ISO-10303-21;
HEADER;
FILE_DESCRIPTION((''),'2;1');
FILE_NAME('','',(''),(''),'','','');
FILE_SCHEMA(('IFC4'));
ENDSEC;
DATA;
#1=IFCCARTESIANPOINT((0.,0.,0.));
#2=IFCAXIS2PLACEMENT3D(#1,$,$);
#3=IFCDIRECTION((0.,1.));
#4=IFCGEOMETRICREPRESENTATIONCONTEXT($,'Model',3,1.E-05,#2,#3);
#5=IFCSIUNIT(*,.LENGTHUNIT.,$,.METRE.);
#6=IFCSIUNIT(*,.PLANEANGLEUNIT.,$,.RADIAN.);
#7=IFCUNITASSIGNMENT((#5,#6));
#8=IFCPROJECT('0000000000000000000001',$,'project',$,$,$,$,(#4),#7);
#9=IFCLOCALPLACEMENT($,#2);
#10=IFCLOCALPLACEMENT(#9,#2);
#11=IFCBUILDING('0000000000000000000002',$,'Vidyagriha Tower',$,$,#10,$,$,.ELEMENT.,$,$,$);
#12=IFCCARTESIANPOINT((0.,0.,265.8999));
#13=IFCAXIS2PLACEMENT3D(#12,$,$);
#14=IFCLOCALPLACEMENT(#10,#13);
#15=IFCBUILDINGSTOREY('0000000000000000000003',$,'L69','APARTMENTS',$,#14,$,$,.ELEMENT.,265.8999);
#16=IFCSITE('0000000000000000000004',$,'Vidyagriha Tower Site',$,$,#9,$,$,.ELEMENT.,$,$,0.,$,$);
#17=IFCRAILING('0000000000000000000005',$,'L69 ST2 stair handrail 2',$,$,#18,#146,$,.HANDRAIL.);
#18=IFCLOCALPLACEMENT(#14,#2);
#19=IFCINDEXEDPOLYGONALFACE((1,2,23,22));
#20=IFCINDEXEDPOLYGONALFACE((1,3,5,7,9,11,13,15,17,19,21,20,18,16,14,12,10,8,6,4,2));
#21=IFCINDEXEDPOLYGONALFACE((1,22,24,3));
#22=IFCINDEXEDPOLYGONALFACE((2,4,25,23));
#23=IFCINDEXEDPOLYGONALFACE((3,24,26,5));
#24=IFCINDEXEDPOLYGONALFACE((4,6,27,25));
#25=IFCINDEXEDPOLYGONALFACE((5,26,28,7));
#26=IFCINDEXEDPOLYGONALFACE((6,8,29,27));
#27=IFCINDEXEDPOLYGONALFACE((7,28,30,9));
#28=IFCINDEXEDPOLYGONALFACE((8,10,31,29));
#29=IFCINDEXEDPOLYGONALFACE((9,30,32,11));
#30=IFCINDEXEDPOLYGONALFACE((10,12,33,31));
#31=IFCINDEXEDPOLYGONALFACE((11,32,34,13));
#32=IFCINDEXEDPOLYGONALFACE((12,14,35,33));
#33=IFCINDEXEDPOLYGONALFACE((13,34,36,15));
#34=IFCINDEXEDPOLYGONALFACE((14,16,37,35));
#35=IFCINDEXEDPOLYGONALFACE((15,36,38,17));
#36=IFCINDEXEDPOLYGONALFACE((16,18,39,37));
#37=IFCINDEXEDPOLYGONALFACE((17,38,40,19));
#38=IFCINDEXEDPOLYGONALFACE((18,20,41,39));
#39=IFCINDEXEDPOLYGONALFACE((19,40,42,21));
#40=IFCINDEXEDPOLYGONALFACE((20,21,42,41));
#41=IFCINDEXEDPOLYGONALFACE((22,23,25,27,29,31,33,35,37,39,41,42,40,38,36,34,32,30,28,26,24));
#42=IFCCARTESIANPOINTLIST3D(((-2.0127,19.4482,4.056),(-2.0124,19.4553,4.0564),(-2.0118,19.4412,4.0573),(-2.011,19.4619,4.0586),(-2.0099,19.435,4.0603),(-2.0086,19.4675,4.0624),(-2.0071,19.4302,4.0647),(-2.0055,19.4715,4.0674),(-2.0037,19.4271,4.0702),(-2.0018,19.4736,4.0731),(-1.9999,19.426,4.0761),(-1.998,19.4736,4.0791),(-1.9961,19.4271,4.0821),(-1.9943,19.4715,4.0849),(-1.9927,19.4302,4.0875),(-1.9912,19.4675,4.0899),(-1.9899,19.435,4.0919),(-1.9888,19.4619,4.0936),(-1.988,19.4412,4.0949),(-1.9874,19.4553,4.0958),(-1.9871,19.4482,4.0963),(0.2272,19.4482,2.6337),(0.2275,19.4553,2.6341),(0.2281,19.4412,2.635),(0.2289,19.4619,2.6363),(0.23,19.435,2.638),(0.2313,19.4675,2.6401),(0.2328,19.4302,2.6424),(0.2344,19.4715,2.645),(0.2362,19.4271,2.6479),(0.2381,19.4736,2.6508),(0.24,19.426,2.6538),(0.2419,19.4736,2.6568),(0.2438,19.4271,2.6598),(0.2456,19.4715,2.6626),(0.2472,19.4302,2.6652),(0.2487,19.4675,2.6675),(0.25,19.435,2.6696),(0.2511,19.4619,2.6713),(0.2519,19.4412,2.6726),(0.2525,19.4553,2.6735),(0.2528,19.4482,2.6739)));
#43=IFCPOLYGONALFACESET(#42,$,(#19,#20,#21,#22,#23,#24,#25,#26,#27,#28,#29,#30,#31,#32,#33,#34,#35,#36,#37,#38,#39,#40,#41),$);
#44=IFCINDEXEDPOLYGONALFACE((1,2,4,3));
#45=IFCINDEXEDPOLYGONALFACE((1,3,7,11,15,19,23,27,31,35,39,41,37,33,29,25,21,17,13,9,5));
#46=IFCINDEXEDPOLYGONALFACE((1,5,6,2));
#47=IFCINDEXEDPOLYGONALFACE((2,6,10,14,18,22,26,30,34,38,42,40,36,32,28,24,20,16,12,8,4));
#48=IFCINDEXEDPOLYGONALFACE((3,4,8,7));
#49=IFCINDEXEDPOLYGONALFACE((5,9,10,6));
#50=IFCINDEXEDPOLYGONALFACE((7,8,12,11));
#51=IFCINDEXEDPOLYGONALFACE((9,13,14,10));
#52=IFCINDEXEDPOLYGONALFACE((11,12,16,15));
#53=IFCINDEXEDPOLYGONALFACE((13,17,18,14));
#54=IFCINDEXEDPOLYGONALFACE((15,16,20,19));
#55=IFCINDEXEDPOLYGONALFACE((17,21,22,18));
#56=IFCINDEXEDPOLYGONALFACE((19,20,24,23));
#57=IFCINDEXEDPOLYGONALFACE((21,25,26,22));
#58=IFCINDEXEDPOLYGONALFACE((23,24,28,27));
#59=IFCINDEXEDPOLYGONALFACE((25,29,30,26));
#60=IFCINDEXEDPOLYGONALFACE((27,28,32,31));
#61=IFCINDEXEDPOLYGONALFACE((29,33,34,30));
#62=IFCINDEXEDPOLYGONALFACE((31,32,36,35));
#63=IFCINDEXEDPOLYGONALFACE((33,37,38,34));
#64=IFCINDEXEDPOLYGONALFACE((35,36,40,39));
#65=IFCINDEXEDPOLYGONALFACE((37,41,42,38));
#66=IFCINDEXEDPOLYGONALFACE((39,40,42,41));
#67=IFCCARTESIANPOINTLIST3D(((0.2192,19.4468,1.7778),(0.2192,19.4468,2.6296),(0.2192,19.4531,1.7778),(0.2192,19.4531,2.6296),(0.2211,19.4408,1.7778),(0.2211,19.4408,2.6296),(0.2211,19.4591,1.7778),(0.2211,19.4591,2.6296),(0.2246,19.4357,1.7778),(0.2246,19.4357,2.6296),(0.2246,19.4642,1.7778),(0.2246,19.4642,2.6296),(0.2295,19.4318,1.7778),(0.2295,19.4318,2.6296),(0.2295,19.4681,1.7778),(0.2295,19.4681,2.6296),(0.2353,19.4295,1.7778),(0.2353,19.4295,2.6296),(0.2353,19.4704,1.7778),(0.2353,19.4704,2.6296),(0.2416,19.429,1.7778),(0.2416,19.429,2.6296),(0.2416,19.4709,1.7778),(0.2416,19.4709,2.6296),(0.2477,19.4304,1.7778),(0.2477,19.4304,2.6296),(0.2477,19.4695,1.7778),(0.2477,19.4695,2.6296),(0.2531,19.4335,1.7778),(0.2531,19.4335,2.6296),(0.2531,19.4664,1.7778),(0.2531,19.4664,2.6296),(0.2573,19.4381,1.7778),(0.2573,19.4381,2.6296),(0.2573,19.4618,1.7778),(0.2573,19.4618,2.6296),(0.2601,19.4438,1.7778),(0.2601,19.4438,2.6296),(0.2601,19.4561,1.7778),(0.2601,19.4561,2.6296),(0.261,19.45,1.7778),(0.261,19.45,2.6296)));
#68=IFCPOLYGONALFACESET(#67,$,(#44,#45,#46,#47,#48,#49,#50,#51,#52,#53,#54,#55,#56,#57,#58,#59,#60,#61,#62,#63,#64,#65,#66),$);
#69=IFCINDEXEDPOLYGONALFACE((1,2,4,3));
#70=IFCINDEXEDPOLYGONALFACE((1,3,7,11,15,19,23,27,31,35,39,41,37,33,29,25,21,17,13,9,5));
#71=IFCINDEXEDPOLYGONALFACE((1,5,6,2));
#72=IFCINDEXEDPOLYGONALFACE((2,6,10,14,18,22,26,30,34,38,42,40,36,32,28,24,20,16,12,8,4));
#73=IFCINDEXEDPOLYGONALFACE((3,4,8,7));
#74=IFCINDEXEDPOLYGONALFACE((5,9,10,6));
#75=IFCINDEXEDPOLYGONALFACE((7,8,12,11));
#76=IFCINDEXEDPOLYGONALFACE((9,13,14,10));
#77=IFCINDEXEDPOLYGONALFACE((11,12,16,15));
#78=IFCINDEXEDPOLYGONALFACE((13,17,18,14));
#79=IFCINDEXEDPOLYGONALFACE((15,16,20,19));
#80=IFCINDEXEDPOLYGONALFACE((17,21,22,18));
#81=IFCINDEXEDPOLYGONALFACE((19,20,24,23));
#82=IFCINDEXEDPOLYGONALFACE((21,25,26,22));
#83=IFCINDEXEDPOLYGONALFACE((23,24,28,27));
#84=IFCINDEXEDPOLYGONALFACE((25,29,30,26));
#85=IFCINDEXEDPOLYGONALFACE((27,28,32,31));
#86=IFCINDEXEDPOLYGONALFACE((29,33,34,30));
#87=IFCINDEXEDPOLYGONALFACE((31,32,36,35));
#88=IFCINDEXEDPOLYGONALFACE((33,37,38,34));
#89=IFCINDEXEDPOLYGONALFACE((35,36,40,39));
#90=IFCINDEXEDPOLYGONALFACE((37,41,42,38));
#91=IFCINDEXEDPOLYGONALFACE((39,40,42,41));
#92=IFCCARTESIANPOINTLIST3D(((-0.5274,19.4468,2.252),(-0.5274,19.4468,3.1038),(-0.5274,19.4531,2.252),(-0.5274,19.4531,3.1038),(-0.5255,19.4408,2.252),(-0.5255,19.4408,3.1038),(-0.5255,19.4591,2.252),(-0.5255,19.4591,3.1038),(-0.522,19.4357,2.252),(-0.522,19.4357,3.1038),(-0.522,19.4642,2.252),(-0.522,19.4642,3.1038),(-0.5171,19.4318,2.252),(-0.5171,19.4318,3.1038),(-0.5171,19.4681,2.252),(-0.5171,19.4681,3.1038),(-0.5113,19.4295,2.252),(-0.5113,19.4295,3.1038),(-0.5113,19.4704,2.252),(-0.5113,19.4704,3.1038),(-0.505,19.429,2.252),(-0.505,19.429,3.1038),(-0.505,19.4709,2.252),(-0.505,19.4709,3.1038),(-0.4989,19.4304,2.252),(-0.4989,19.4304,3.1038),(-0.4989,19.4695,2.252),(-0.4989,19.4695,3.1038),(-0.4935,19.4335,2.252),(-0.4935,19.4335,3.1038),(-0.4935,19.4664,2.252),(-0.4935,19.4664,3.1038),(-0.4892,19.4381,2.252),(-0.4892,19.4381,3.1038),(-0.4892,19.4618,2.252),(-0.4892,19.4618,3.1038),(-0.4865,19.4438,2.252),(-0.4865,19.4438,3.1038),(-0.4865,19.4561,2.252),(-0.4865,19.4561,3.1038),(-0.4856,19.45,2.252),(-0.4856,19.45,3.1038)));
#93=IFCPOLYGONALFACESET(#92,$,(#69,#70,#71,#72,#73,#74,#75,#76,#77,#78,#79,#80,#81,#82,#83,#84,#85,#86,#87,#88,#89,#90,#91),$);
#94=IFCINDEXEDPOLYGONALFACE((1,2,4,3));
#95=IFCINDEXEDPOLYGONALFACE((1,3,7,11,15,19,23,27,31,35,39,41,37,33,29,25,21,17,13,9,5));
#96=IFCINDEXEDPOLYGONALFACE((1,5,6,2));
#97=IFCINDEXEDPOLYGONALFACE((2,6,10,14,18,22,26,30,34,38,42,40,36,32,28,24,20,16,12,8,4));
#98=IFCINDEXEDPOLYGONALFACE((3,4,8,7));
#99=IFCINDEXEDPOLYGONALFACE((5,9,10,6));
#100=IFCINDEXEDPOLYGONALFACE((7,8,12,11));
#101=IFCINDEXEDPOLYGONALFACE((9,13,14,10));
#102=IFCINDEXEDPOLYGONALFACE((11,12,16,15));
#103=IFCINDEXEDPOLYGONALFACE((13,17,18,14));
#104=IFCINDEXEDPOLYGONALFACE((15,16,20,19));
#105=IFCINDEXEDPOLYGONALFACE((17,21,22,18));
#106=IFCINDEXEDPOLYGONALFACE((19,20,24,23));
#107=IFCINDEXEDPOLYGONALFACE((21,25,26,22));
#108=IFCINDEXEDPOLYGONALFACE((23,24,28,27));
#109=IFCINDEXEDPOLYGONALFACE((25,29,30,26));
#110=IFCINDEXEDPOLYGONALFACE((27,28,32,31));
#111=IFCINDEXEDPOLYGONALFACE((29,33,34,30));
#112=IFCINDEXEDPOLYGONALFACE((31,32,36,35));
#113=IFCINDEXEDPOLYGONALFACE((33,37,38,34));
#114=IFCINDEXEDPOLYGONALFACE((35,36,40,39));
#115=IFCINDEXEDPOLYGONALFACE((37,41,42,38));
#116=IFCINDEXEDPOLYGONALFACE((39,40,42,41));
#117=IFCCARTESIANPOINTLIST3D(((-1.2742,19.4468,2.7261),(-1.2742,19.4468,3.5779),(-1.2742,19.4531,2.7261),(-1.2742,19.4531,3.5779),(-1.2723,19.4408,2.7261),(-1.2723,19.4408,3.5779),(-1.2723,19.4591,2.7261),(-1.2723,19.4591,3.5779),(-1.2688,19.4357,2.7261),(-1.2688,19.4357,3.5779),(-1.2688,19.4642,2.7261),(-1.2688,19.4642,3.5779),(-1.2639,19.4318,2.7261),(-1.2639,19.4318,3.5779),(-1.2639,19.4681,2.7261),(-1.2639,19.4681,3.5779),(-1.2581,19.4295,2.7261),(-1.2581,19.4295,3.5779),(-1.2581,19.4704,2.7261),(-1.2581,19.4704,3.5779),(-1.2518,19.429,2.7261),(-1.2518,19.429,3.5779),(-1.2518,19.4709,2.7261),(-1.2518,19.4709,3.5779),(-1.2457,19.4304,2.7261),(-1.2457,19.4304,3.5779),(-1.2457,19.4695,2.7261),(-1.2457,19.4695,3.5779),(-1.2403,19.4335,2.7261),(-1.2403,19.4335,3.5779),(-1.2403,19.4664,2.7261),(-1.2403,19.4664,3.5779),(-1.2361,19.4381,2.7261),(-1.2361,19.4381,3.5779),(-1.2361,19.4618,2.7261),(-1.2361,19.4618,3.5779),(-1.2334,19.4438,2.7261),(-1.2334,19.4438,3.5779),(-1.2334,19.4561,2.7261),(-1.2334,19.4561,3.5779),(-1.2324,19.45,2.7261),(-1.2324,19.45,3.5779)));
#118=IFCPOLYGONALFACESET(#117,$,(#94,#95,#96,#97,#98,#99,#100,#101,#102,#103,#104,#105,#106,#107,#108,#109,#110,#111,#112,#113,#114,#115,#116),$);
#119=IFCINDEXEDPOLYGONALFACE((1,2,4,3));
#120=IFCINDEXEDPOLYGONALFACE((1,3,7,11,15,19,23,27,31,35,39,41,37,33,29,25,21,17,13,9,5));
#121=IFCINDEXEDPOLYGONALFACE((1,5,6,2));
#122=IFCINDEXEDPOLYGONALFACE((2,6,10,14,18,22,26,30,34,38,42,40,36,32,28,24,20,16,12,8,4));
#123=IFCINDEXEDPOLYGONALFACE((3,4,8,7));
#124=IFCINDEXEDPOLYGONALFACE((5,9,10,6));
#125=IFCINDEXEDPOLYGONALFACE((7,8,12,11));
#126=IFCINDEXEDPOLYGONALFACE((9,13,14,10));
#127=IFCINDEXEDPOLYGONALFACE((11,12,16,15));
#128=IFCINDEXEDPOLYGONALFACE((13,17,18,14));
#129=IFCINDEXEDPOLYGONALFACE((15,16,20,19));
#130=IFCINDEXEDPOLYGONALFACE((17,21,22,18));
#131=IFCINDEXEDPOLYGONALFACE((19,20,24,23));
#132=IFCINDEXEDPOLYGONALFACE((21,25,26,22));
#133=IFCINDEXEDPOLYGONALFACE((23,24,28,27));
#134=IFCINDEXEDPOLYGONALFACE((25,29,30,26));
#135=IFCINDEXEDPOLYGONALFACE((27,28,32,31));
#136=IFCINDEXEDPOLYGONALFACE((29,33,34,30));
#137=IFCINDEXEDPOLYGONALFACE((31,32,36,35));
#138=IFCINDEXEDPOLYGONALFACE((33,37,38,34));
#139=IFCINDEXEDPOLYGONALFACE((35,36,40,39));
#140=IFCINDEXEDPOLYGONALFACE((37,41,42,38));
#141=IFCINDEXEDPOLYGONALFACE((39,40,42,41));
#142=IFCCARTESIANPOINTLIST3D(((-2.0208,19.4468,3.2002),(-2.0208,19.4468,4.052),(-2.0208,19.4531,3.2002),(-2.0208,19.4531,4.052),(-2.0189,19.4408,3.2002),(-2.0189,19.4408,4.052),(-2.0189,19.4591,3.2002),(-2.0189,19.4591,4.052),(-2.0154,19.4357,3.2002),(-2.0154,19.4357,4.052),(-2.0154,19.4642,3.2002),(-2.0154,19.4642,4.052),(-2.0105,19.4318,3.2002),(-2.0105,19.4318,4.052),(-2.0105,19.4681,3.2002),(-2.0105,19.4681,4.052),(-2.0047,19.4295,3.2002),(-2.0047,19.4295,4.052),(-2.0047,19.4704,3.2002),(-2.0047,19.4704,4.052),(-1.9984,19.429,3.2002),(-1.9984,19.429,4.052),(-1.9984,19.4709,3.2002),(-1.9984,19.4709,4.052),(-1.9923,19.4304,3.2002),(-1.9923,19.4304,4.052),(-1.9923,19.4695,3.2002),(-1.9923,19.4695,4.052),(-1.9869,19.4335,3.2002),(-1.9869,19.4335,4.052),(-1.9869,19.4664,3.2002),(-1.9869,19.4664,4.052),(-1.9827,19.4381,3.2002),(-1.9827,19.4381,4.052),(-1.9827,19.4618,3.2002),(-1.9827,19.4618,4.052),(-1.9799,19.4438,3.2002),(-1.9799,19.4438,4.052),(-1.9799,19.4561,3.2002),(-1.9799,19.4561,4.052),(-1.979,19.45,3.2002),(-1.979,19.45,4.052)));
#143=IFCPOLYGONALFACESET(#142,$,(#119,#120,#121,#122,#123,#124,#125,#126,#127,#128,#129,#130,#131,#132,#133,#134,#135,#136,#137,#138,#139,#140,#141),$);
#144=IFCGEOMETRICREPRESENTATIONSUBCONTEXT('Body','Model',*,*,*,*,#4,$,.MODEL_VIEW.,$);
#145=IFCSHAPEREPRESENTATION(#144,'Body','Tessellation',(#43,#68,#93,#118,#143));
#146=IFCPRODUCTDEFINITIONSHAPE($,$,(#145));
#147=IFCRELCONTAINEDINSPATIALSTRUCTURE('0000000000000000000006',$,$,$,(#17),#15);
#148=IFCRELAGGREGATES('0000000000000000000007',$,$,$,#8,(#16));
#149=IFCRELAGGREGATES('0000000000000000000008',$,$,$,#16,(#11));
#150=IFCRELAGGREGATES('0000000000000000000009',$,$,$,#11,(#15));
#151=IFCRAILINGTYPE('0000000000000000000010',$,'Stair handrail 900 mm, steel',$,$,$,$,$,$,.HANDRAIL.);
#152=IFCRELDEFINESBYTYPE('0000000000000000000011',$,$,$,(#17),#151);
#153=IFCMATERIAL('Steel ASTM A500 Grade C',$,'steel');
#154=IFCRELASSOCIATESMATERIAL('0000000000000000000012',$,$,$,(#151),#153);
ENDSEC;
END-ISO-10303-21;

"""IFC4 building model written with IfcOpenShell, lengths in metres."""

from ifc_helpers import new_model, si_unit, direction, frame, origin, origin_2d, place, context, subcontext, project, spatial, circle, extrude, material, type_object, element, save


model = new_model("IFC4")

# Units and contexts
model_context = context("Model", 3, precision=1e-05, world=origin(), true_north=direction((0.0, 1.0)))
body_context = subcontext(model_context, "Body", "Model", "MODEL_VIEW")
ifc_project = project(units=[si_unit("LENGTHUNIT", "METRE"), si_unit("PLANEANGLEUNIT", "RADIAN")], contexts=[model_context])

# Site, building, storey
site_placement = place(None, origin())
site = spatial("IfcSite", under=ifc_project, at=site_placement, Name="Vidyagriha Tower Site", CompositionType="ELEMENT", RefElevation=0.0)
building_placement = place(site_placement, origin())
building = spatial("IfcBuilding", under=site, at=building_placement, Name="Vidyagriha Tower", CompositionType="ELEMENT")
storey_placement = place(building_placement, frame((0.0, 0.0, 265.8999)))
storey = spatial("IfcBuildingStorey", under=building, at=storey_placement, Name="L69", Description="APARTMENTS", CompositionType="ELEMENT", Elevation=265.8999)

# Railing
ifc_material_1 = material(Name="Steel ASTM A500 Grade C", Category="steel")
railing_type_1 = type_object("IfcRailingType", Name="Stair handrail 900 mm, steel", PredefinedType="HANDRAIL", material=ifc_material_1)
for number, where, name in (
    (1, (0.24, 19.45, 1.7778), "L69 ST2 stair handrail 2"),
):
    element("IfcRailing", number, at=place(storey_placement, frame(where)), inside=storey, type_object=railing_type_1, Name=name, PredefinedType="HANDRAIL", context=body_context, shape_type="SweptSolid", body=[
        extrude(circle(Radius=0.0239, at=origin_2d()), frame((0.0, 0.0, 0.876), z_axis=(-0.844188, 0.0, 0.536048), x_axis=(0.0, -1.0, 0.0)), (0.0, 0.0, 1.0), 2.6533),
        extrude(circle(Radius=0.021, at=origin_2d()), origin(), (0.0, 0.0, 1.0), 0.8518),
        extrude(circle(Radius=0.021, at=origin_2d()), frame((-0.7466, 0.0, 0.4741)), (0.0, 0.0, 1.0), 0.8518),
        extrude(circle(Radius=0.021, at=origin_2d()), frame((-1.4934, 0.0, 0.9482)), (0.0, 0.0, 1.0), 0.8518),
        extrude(circle(Radius=0.021, at=origin_2d()), frame((-2.24, 0.0, 1.4224)), (0.0, 0.0, 1.0), 0.8518),
    ])

save(model, "model.ifc")
